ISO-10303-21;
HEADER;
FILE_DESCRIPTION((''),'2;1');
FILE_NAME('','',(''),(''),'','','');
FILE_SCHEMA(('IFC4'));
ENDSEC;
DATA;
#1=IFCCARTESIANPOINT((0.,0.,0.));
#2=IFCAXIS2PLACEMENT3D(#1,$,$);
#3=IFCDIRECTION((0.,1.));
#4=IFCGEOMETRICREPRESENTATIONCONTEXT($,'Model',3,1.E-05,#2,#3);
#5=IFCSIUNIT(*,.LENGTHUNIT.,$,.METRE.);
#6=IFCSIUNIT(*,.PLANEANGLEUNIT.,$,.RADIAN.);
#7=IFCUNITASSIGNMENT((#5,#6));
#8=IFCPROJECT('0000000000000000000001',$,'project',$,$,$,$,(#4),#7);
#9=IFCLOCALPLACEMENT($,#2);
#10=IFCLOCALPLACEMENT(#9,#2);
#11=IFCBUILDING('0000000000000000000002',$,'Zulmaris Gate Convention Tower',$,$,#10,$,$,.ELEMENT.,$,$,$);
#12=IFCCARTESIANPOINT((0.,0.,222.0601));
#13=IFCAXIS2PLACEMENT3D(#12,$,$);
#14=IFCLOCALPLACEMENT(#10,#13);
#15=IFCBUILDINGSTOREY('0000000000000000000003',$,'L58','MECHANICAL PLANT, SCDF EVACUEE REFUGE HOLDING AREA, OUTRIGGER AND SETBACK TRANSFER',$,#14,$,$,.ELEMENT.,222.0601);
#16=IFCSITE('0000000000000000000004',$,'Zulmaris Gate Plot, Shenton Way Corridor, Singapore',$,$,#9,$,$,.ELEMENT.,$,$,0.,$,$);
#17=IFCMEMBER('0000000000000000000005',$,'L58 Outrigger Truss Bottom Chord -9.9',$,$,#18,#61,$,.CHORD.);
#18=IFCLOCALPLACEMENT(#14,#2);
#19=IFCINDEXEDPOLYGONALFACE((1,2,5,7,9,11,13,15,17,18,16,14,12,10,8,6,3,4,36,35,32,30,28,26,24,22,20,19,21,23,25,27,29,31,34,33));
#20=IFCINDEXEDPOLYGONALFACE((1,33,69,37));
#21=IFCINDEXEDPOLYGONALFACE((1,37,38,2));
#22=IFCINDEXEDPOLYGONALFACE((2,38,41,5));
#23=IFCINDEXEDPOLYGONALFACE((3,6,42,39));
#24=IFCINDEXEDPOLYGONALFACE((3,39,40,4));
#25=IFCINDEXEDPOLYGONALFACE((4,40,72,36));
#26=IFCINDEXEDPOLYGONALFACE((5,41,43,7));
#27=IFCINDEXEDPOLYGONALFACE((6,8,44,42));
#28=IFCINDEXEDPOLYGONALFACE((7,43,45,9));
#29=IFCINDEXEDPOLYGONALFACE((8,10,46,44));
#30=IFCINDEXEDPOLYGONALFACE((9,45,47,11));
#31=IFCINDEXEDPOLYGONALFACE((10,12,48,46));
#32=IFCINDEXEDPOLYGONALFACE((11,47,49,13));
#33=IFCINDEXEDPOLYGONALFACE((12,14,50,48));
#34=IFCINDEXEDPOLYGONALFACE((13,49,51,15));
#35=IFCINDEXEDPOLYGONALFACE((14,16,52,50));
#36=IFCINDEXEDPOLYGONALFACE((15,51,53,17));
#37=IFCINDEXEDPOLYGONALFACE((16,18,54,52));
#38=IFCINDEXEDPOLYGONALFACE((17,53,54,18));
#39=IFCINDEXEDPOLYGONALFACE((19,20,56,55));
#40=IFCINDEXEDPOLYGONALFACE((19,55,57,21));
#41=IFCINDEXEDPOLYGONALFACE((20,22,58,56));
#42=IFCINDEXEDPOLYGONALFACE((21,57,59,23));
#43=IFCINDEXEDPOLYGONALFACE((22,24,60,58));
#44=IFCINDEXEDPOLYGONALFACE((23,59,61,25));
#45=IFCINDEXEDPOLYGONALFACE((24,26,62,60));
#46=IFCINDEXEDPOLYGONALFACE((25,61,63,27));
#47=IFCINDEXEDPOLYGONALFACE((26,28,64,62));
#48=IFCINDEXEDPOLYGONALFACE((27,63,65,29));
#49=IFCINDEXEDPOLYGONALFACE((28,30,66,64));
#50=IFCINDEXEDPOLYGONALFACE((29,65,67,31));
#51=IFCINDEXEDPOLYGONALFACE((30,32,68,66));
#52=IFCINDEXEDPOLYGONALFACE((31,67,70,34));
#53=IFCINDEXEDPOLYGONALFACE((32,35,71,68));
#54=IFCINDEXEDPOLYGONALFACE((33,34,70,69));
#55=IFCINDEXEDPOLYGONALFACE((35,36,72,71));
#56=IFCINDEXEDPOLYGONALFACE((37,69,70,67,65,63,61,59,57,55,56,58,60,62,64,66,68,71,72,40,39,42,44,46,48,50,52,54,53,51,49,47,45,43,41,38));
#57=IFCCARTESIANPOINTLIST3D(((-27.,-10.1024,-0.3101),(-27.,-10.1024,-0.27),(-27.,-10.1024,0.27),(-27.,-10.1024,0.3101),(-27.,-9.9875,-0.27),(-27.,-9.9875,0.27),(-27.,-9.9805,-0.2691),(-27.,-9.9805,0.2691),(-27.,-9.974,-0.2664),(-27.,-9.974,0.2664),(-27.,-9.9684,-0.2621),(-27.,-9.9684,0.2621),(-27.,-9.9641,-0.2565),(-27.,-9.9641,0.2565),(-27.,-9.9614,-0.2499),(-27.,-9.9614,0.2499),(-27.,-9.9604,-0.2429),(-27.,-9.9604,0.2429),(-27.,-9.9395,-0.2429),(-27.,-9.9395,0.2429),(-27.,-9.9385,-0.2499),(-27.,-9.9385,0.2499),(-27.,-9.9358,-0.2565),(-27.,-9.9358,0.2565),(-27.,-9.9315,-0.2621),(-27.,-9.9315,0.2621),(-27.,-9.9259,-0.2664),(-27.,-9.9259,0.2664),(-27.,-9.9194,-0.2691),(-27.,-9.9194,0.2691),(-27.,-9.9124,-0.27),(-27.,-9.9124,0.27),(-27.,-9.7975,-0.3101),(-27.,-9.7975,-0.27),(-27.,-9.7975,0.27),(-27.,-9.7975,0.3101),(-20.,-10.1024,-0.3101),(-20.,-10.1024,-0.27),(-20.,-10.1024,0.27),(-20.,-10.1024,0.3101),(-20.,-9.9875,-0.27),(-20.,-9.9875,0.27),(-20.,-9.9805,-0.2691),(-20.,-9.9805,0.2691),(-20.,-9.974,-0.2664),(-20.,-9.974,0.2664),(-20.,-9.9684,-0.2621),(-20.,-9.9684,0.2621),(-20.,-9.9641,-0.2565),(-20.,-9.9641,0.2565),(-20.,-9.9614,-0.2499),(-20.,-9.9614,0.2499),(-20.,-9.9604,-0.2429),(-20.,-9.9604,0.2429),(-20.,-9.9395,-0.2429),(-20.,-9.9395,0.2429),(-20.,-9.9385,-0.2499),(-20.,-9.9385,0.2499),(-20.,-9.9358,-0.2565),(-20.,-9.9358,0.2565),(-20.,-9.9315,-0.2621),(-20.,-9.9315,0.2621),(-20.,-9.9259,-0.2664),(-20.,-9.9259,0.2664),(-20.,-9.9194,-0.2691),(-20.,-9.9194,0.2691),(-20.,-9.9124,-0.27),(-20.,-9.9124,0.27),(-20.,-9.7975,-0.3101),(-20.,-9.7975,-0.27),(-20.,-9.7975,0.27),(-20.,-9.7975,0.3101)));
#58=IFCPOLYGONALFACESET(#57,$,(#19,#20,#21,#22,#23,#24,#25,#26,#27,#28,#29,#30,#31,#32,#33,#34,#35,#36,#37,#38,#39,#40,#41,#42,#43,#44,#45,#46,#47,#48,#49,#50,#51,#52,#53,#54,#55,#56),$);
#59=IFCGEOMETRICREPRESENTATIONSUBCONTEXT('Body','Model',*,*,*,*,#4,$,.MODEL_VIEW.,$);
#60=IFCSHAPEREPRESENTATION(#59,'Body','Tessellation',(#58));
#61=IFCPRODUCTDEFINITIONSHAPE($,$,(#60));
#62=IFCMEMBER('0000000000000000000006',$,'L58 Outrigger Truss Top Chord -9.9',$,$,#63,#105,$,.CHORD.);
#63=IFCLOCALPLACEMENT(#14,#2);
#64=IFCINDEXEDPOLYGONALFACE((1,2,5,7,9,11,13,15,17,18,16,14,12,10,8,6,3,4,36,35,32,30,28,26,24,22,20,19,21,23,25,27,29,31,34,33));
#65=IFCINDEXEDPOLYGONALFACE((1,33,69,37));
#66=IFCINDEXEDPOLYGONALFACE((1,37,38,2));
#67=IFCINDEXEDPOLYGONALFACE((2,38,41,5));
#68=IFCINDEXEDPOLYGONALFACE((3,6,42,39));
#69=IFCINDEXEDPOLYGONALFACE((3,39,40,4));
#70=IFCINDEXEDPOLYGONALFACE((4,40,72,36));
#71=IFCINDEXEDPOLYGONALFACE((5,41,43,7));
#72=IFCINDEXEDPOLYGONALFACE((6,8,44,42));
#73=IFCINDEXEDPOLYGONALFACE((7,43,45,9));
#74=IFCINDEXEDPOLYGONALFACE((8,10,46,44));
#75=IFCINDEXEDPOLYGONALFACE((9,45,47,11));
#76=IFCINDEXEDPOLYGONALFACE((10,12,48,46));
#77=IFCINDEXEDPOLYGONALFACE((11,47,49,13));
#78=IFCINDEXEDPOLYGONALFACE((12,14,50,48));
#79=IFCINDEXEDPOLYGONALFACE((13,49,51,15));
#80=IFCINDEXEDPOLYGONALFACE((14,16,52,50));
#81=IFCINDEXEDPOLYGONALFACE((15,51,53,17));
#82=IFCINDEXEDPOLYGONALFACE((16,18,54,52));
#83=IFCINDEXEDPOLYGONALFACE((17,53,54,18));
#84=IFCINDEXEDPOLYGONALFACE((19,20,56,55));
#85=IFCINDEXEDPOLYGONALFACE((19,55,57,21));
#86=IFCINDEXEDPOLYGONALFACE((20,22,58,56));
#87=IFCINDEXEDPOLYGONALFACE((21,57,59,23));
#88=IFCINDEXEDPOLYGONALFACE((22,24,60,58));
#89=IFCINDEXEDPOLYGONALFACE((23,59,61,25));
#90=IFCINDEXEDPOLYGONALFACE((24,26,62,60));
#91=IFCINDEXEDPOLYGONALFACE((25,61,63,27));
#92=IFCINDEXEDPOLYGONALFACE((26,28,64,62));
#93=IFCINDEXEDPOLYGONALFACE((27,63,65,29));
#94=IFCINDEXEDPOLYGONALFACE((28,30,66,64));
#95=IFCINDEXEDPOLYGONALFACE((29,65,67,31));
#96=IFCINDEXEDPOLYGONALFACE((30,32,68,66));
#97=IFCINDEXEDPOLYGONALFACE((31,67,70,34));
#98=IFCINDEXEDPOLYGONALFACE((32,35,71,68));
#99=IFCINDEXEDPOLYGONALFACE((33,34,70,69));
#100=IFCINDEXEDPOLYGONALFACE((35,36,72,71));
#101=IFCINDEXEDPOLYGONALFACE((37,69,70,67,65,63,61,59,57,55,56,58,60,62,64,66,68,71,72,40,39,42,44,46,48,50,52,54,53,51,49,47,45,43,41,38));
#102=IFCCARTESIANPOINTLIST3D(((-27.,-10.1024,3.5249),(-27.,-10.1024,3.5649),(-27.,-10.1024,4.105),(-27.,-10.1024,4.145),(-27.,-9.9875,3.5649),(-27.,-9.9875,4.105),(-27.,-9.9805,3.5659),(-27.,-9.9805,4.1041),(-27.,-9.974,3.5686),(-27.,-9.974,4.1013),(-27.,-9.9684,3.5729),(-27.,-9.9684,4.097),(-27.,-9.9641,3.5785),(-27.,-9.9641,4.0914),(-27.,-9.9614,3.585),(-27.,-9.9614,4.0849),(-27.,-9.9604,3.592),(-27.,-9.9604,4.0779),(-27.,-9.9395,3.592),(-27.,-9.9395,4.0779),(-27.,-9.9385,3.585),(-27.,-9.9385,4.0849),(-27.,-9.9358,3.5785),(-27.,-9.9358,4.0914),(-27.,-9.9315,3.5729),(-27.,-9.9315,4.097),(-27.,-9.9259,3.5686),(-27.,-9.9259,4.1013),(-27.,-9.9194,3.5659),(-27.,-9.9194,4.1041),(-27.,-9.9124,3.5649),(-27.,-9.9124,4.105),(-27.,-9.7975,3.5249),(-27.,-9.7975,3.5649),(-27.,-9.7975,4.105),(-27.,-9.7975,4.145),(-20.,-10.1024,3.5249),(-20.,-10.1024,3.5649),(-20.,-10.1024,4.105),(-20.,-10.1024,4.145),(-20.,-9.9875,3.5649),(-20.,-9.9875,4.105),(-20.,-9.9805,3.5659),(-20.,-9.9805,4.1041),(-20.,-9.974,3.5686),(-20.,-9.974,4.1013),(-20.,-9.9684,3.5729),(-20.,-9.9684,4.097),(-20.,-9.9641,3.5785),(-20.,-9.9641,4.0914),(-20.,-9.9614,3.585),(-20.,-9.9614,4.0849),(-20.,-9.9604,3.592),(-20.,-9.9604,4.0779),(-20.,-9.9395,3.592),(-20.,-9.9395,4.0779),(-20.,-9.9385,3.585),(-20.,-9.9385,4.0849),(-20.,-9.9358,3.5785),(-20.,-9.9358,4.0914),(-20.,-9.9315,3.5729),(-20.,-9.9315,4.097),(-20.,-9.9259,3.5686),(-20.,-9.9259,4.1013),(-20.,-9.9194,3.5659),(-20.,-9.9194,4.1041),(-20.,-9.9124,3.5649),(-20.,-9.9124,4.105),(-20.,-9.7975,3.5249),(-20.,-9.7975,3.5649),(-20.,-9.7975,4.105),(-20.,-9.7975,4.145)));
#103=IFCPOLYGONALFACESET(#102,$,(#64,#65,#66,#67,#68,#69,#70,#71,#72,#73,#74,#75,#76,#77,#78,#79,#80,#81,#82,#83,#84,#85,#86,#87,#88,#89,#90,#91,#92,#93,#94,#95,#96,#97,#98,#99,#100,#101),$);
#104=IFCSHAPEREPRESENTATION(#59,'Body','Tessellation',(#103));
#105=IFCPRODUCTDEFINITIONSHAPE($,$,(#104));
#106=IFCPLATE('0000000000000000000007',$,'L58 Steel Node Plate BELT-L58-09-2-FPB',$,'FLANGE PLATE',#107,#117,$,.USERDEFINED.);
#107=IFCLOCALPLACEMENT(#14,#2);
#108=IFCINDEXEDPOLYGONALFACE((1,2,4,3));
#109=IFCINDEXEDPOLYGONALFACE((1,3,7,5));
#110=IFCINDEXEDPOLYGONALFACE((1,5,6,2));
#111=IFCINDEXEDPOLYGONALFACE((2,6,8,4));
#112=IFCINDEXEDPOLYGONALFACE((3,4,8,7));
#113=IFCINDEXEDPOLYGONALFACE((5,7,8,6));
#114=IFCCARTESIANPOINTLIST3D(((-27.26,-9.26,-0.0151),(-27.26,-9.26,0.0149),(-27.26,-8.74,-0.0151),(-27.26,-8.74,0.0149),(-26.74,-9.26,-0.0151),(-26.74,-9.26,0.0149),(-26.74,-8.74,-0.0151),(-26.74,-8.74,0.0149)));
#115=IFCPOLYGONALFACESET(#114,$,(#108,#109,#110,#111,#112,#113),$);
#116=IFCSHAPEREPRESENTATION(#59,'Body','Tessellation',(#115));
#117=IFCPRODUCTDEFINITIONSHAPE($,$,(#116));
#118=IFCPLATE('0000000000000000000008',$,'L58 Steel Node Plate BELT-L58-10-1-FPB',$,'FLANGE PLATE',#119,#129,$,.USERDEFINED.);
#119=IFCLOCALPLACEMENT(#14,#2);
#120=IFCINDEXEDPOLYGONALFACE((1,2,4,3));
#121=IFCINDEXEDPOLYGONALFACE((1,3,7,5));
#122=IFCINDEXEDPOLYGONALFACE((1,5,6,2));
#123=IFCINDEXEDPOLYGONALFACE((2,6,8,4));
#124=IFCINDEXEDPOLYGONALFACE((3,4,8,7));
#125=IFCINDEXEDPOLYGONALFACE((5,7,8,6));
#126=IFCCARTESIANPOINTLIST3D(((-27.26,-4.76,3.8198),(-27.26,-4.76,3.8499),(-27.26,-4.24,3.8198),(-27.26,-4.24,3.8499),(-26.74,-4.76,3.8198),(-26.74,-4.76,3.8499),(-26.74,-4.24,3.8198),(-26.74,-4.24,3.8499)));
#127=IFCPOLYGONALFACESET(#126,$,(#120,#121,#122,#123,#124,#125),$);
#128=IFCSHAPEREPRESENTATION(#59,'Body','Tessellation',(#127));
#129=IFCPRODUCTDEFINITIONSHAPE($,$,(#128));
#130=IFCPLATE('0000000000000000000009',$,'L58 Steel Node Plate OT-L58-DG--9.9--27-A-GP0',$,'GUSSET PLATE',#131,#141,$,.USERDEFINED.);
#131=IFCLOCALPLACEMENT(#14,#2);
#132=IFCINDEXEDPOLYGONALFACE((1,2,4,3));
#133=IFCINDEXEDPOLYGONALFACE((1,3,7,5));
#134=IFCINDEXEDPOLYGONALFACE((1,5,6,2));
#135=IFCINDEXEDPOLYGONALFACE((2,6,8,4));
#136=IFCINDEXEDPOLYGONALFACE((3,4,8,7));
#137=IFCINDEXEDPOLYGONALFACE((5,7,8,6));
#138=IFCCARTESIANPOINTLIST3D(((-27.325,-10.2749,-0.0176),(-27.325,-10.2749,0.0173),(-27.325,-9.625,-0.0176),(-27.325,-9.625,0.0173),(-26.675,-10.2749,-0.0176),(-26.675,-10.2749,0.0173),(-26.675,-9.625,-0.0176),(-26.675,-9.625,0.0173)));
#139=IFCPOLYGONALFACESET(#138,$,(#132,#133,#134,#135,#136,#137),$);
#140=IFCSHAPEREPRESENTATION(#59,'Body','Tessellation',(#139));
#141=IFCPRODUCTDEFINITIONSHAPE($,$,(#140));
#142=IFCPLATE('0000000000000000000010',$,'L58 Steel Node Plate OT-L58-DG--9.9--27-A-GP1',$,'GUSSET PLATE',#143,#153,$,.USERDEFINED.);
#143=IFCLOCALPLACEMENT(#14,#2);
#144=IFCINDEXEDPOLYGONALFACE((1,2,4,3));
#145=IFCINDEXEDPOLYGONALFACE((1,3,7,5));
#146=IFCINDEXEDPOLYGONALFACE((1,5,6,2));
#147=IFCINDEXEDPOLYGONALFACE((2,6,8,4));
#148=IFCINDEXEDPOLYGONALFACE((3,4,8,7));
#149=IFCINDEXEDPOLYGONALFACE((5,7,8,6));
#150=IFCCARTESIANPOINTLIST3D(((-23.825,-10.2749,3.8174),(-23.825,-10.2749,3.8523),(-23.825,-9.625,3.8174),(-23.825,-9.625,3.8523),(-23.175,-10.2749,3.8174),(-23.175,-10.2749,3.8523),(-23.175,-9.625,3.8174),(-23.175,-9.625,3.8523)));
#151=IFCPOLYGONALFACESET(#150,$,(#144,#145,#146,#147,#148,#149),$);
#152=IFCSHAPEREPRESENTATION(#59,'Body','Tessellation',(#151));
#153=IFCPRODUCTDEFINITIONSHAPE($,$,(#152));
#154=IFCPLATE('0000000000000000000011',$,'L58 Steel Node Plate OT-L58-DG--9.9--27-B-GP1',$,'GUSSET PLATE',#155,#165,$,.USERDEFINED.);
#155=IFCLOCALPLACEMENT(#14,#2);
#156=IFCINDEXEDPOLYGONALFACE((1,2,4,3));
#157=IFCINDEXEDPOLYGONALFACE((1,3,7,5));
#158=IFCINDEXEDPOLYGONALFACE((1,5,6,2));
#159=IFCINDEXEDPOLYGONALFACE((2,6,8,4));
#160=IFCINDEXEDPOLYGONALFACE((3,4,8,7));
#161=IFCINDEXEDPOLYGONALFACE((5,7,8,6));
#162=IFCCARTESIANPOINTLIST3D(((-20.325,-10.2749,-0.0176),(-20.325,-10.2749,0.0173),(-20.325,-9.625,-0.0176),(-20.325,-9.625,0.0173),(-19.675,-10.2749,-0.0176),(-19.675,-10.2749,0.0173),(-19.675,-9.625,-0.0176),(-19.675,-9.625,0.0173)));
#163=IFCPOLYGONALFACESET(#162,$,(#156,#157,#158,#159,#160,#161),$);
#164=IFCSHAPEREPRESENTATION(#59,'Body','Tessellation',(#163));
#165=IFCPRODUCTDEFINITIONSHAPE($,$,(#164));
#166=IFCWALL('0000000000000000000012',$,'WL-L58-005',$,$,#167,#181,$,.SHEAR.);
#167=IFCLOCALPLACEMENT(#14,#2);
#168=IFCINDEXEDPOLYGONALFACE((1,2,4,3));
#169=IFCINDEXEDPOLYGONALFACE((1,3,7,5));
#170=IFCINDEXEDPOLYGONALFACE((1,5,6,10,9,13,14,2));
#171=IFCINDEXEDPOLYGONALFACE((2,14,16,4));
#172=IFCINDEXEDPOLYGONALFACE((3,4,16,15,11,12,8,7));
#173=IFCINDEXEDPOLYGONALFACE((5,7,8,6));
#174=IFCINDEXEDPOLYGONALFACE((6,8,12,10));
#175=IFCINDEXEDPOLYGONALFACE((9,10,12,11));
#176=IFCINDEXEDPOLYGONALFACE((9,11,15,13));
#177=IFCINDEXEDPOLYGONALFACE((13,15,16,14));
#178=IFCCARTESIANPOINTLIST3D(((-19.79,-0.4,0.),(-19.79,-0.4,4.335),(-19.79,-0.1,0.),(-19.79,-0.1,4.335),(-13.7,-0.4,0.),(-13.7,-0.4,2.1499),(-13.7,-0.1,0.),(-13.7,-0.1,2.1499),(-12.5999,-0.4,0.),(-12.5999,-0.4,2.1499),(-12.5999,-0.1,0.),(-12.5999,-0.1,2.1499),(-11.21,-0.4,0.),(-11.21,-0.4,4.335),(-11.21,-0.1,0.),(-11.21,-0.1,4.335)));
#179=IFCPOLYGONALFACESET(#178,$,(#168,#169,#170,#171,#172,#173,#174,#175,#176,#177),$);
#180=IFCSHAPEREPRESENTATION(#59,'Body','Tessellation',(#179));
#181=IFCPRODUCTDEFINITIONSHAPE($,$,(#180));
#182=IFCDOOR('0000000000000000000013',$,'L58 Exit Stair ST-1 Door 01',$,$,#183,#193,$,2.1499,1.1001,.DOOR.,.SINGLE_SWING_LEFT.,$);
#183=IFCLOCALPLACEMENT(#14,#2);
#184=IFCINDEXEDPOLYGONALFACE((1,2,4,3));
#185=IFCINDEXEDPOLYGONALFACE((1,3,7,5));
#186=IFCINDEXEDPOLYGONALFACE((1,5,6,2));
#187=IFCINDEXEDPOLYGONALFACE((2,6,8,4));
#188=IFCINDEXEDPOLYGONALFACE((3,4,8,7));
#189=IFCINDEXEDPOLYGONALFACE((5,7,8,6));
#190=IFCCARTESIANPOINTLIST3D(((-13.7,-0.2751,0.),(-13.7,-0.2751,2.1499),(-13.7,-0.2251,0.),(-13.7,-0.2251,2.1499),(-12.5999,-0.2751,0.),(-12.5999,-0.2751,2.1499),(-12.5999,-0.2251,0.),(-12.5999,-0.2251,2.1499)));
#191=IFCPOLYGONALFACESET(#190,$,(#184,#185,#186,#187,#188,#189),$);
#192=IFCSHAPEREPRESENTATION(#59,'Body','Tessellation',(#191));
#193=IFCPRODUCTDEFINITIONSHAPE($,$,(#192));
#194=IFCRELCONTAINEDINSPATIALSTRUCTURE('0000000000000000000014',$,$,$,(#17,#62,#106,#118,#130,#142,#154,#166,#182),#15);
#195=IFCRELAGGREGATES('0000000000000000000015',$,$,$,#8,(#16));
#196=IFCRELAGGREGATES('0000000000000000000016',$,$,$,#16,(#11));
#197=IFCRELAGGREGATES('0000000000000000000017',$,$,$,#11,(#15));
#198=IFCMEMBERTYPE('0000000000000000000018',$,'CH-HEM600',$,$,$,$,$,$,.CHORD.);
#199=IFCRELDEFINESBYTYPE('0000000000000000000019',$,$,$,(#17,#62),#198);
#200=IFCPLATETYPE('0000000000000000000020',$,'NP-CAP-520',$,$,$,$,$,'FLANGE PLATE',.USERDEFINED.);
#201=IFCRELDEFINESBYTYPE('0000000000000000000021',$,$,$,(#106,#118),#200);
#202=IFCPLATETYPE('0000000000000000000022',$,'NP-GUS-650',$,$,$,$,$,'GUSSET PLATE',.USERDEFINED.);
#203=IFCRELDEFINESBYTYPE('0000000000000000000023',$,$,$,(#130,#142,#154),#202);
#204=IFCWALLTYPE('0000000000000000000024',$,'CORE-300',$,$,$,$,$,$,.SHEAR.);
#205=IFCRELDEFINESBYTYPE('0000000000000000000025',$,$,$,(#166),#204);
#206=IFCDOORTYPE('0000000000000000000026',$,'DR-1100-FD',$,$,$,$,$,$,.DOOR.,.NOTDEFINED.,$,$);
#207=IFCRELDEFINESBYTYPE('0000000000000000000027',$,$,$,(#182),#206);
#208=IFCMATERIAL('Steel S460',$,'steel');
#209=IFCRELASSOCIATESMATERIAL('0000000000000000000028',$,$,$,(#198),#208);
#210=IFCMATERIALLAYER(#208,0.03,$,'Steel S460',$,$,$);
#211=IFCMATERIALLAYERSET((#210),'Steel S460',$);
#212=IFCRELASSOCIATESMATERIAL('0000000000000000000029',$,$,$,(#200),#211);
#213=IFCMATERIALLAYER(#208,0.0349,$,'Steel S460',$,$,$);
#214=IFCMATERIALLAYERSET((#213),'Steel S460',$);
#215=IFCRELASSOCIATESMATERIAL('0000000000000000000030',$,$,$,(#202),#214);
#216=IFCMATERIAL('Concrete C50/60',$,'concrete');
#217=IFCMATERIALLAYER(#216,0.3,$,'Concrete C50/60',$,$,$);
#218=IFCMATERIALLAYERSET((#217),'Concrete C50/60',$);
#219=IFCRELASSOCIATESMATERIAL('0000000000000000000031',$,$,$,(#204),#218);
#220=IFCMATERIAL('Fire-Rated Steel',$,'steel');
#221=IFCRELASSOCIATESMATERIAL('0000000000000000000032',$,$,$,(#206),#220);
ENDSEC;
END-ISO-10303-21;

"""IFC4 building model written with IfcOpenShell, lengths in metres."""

from ifc_helpers import new_model, si_unit, direction, frame, frame_2d, origin, origin_2d, place, context, subcontext, project, spatial, rectangle, i_section, extrude, material, layer, layer_set, material_profile, profile_set, type_object, element, fill, save


model = new_model("IFC4")

# Units and contexts
model_context = context("Model", 3, precision=1e-05, world=origin(), true_north=direction((0.0, 1.0)))
body_context = subcontext(model_context, "Body", "Model", "MODEL_VIEW")
ifc_project = project(units=[si_unit("LENGTHUNIT", "METRE"), si_unit("PLANEANGLEUNIT", "RADIAN")], contexts=[model_context])

# Site, building, storey
site_placement = place(None, origin())
site = spatial("IfcSite", under=ifc_project, at=site_placement, Name="Zulmaris Gate Plot, Shenton Way Corridor, Singapore", CompositionType="ELEMENT", RefElevation=0.0)
building_placement = place(site_placement, origin())
building = spatial("IfcBuilding", under=site, at=building_placement, Name="Zulmaris Gate Convention Tower", CompositionType="ELEMENT")
storey_placement = place(building_placement, frame((0.0, 0.0, 222.0601)))
storey = spatial("IfcBuildingStorey", under=building, at=storey_placement, Name="L58", Description="MECHANICAL PLANT, SCDF EVACUEE REFUGE HOLDING AREA, OUTRIGGER AND SETBACK TRANSFER", CompositionType="ELEMENT", Elevation=222.0601)

# Shared definitions
ifc_material_1 = material(Name="Steel S460", Category="steel")

# Members
ifc_material_profile_1 = material_profile(ifc_material_1, i_section(OverallWidth=0.3049, OverallDepth=0.6201, WebThickness=0.021, FlangeThickness=0.04, FilletRadius=0.0271, at=origin_2d()), Name="HEM 600")
ifc_profile_set_1 = profile_set([ifc_material_profile_1], Name="Steel S460")
member_type_1 = type_object("IfcMemberType", Name="CH-HEM600", PredefinedType="CHORD", material=ifc_profile_set_1)
for number, where, z_axis, x_axis, name in (
    (1, (-27.0, -9.95, 0.0), (1.0, 0.0, 0.0), (0.0, 1.0, 0.0), "L58 Outrigger Truss Bottom Chord -9.9"),
    (2, (-27.0, -9.95, 3.835), (1.0, 0.0, 0.0), (0.0, 1.0, 0.0), "L58 Outrigger Truss Top Chord -9.9"),
):
    element("IfcMember", number, at=place(storey_placement, frame(where, z_axis=z_axis, x_axis=x_axis)), inside=storey, type_object=member_type_1, Name=name, PredefinedType="CHORD", context=body_context, shape_type="SweptSolid", body=[
        extrude(i_section(OverallWidth=0.3049, OverallDepth=0.6201, WebThickness=0.021, FlangeThickness=0.04, FilletRadius=0.0271, at=origin_2d()), origin(), (0.0, 0.0, 1.0), 7.0),
    ])

# Plates
ifc_layer_1 = layer(ifc_material_1, 0.03, Name="Steel S460")
ifc_layer_set_1 = layer_set([ifc_layer_1], Name="Steel S460")
plate_type_1 = type_object("IfcPlateType", Name="NP-CAP-520", ElementType="FLANGE PLATE", PredefinedType="USERDEFINED", material=ifc_layer_set_1)
for number, where, z_axis, x_axis, name in (
    (3, (-27.0, -9.0, -0.0151), (0.0, 0.0, 1.0), (1.0, 0.0, 0.0), "L58 Steel Node Plate BELT-L58-09-2-FPB"),
    (4, (-27.0, -4.5, 3.8198), (0.0, 0.0, 1.0), (1.0, 0.0, 0.0), "L58 Steel Node Plate BELT-L58-10-1-FPB"),
):
    element("IfcPlate", number, at=place(storey_placement, frame(where, z_axis=z_axis, x_axis=x_axis)), inside=storey, type_object=plate_type_1, Name=name, ObjectType="FLANGE PLATE", PredefinedType="USERDEFINED", context=body_context, shape_type="SweptSolid", body=[
        extrude(rectangle(XDim=0.52, YDim=0.52, at=origin_2d()), origin(), (0.0, 0.0, 1.0), 0.03),
    ])
ifc_layer_2 = layer(ifc_material_1, 0.0349, Name="Steel S460")
ifc_layer_set_2 = layer_set([ifc_layer_2], Name="Steel S460")
plate_type_2 = type_object("IfcPlateType", Name="NP-GUS-650", ElementType="GUSSET PLATE", PredefinedType="USERDEFINED", material=ifc_layer_set_2)
for number, where, z_axis, x_axis, name in (
    (5, (-27.0, -9.95, -0.0176), (0.0, 0.0, 1.0), (1.0, 0.0, 0.0), "L58 Steel Node Plate OT-L58-DG--9.9--27-A-GP0"),
    (6, (-23.5, -9.95, 3.8174), (0.0, 0.0, 1.0), (1.0, 0.0, 0.0), "L58 Steel Node Plate OT-L58-DG--9.9--27-A-GP1"),
    (7, (-20.0, -9.95, -0.0176), (0.0, 0.0, 1.0), (1.0, 0.0, 0.0), "L58 Steel Node Plate OT-L58-DG--9.9--27-B-GP1"),
):
    element("IfcPlate", number, at=place(storey_placement, frame(where, z_axis=z_axis, x_axis=x_axis)), inside=storey, type_object=plate_type_2, Name=name, ObjectType="GUSSET PLATE", PredefinedType="USERDEFINED", context=body_context, shape_type="SweptSolid", body=[
        extrude(rectangle(XDim=0.6499, YDim=0.6499, at=origin_2d()), origin(), (0.0, 0.0, 1.0), 0.0349),
    ])

# Wall, opening, door
ifc_material_2 = material(Name="Concrete C50/60", Category="concrete")
ifc_layer_3 = layer(ifc_material_2, 0.3, Name="Concrete C50/60")
ifc_layer_set_3 = layer_set([ifc_layer_3], Name="Concrete C50/60")
wall_type_1 = type_object("IfcWallType", Name="CORE-300", PredefinedType="SHEAR", material=ifc_layer_set_3)
wall_1_placement = place(storey_placement, frame((-19.79, -0.25, 0.0), z_axis=(0.0, 0.0, 1.0), x_axis=(1.0, 0.0, 0.0)))
wall_1 = element("IfcWall", 8, at=wall_1_placement, inside=storey, type_object=wall_type_1, Name="WL-L58-005", PredefinedType="SHEAR", context=body_context, shape_type="SweptSolid", body=[
    extrude(rectangle(XDim=8.5801, YDim=0.3, at=frame_2d((4.29, 0.0))), origin(), (0.0, 0.0, 1.0), 4.335),
])
opening_1_placement = place(wall_1_placement, frame((6.0901, 0.0, 0.0)))
opening_1 = element("IfcOpeningElement", 9, at=opening_1_placement, cuts=wall_1, PredefinedType="OPENING", context=body_context, shape_type="SweptSolid", body=[
    extrude(rectangle(XDim=1.1001, YDim=2.1499, at=frame_2d((0.55, 1.075))), frame((0.0, 0.1602, 0.0), z_axis=(0.0, -1.0, 0.0), x_axis=(1.0, 0.0, 0.0)), (0.0, 0.0, 1.0), 0.3201),
])
ifc_material_3 = material(Name="Fire-Rated Steel", Category="steel")
door_type_1 = type_object("IfcDoorType", Name="DR-1100-FD", OperationType="NOTDEFINED", PredefinedType="DOOR", material=ifc_material_3)
door_1_placement = place(opening_1_placement, origin())
door_1 = element("IfcDoor", 10, at=door_1_placement, inside=storey, type_object=door_type_1, Name="L58 Exit Stair ST-1 Door 01", OperationType="SINGLE_SWING_LEFT", OverallHeight=2.1499, OverallWidth=1.1001, PredefinedType="DOOR", context=body_context, shape_type="SweptSolid", body=[
    extrude(rectangle(XDim=1.1001, YDim=2.1499, at=frame_2d((0.55, 1.075))), frame((0.0, 0.0249, 0.0), z_axis=(0.0, -1.0, 0.0), x_axis=(1.0, 0.0, 0.0)), (0.0, 0.0, 1.0), 0.05),
])
fill(opening_1, door_1)

save(model, "model.ifc")
